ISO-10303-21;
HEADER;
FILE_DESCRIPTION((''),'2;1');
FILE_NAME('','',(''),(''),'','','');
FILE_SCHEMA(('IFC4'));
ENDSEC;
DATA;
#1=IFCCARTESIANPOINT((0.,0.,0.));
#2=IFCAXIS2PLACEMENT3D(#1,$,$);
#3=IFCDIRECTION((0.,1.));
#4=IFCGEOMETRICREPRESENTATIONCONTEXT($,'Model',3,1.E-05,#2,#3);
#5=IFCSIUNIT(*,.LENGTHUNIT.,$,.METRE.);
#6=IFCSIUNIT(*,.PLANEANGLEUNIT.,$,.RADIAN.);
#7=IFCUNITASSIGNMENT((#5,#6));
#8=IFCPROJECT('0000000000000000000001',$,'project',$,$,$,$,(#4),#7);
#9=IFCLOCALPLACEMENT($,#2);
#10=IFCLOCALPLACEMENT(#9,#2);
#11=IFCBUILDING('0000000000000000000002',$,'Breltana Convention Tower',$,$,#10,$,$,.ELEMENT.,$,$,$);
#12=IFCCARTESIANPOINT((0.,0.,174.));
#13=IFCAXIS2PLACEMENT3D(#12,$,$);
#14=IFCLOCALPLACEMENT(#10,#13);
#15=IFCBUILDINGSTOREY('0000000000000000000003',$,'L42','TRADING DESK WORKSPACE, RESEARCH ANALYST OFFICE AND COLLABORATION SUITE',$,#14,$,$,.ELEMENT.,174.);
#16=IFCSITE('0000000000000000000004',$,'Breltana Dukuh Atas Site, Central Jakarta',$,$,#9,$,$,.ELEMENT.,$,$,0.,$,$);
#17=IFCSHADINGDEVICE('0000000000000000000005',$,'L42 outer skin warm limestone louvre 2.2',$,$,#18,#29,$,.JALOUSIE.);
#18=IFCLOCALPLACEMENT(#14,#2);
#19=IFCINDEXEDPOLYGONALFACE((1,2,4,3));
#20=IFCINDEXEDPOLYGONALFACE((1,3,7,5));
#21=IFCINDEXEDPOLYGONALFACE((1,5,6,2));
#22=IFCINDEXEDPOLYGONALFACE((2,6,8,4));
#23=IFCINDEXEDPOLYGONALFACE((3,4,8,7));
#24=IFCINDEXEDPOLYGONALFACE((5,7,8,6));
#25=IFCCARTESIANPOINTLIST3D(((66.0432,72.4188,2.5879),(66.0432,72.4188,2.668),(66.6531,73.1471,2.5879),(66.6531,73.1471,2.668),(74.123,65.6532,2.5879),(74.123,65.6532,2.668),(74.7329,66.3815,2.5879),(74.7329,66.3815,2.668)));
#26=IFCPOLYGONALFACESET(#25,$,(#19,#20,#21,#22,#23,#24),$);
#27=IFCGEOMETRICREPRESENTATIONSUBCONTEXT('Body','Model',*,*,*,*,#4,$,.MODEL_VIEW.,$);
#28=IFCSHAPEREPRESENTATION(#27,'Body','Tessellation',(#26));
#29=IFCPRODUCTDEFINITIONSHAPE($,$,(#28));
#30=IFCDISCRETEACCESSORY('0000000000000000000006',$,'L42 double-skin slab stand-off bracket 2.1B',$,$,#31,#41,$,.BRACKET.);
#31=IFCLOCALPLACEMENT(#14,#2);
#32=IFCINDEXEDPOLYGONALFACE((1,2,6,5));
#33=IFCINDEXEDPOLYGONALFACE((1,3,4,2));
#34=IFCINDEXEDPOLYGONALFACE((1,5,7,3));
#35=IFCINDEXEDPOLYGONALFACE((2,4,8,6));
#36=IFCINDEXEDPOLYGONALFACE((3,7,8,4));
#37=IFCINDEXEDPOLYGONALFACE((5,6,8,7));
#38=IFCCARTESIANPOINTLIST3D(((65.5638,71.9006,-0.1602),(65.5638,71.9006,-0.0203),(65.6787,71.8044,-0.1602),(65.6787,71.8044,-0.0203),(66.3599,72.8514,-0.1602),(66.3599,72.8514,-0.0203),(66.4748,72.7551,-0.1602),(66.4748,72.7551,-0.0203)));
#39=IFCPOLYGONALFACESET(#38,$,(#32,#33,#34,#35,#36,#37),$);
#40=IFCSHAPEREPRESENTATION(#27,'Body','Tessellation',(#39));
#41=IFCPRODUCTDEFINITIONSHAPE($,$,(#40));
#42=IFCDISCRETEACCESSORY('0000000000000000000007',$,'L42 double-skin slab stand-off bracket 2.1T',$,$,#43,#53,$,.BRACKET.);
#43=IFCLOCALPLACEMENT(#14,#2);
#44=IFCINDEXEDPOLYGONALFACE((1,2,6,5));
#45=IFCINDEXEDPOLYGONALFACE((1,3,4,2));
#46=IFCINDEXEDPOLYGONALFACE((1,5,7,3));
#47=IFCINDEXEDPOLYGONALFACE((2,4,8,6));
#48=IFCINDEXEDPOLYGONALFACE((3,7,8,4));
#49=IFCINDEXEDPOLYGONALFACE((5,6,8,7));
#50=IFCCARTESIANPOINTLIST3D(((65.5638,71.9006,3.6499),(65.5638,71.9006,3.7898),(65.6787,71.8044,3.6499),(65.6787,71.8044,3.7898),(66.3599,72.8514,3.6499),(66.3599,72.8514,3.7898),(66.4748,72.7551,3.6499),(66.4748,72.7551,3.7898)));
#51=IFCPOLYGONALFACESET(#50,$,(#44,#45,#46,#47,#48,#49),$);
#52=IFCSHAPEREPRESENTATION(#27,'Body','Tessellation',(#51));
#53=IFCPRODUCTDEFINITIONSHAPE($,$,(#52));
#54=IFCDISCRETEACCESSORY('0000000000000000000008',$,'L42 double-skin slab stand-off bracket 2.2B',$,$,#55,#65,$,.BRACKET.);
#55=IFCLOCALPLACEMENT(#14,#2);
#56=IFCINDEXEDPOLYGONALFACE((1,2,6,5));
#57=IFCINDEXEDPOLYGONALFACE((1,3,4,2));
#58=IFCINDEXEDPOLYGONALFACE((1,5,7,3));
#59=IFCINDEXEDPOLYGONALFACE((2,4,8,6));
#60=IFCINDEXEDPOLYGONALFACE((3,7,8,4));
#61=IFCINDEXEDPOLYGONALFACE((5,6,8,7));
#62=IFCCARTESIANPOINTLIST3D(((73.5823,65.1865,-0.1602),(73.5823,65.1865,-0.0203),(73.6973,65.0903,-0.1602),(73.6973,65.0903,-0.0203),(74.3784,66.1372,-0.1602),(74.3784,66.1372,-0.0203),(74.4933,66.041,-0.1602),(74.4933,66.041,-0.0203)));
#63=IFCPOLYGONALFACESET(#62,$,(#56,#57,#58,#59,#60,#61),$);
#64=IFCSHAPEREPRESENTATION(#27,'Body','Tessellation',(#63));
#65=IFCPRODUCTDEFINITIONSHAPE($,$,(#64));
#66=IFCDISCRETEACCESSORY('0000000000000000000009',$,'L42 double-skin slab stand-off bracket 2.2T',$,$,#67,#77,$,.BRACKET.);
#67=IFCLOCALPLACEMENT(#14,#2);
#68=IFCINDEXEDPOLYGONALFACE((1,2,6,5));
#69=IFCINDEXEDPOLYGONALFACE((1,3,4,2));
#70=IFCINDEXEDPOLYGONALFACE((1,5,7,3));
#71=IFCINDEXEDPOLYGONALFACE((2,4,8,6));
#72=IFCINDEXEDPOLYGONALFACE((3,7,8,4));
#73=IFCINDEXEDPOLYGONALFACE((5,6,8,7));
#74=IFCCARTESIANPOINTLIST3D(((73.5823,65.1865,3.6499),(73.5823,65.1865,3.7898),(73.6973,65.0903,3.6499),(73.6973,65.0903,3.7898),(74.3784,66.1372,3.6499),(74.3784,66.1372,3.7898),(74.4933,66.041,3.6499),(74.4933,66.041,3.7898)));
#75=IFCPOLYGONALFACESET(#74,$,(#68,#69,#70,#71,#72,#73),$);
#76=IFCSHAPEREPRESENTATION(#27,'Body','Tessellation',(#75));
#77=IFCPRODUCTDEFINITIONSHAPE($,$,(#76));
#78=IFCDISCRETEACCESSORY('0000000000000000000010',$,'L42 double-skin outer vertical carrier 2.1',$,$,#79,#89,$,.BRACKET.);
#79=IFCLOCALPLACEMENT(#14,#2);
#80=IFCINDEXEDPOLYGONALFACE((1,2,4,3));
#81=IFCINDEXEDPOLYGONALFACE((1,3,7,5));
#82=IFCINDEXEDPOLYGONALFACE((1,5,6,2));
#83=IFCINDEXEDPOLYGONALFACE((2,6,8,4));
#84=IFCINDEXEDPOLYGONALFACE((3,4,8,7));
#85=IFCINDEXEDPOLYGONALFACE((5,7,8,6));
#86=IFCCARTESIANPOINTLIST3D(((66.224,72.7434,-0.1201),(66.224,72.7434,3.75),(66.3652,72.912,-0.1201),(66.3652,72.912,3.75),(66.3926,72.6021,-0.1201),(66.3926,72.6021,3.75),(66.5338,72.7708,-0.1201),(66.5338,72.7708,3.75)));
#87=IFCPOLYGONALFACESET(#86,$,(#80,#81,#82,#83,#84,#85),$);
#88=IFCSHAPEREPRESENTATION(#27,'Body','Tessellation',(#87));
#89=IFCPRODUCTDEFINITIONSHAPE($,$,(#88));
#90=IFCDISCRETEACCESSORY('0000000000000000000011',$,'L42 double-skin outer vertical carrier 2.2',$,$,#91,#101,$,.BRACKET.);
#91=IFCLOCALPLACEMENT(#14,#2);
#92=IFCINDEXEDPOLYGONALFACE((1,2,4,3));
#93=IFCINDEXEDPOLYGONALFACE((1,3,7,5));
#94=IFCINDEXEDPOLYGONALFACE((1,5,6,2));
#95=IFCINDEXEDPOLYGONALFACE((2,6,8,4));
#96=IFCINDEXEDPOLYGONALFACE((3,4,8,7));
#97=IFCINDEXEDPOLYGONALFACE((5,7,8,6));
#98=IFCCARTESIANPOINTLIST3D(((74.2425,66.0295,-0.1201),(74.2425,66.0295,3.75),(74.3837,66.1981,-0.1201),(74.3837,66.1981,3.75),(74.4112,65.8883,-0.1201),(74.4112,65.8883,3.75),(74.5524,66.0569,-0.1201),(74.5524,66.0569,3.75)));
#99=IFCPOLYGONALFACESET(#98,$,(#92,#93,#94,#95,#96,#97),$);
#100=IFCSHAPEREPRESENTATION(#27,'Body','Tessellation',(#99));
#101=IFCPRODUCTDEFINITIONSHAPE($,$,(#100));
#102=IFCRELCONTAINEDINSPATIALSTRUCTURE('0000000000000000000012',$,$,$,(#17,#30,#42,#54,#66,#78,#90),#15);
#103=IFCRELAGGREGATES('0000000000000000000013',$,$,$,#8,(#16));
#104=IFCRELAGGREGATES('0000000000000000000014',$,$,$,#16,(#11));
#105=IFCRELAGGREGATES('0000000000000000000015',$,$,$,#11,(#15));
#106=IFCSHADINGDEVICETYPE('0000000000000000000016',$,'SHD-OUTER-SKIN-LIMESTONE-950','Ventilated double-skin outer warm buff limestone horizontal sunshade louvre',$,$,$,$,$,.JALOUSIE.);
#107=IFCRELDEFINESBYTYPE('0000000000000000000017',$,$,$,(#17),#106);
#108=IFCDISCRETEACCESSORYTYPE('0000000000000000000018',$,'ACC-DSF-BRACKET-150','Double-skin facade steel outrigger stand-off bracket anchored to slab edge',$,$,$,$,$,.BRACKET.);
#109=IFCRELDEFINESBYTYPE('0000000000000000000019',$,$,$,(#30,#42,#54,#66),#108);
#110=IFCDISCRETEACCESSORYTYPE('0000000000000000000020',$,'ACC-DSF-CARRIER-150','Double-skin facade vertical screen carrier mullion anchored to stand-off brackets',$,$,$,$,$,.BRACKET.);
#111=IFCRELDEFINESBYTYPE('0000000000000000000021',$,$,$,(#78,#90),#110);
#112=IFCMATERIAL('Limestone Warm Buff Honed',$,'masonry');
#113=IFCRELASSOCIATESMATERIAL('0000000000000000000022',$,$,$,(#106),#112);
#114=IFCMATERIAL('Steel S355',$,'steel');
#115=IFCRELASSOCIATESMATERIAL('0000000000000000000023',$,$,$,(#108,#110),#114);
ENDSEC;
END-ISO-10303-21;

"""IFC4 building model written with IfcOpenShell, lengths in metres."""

from ifc_helpers import new_model, si_unit, direction, frame, origin, origin_2d, place, context, subcontext, project, spatial, rectangle, extrude, source, transform, mapped, material, material_profile, profile_set, type_object, type_shapes, element, save


model = new_model("IFC4")

# Units and contexts
model_context = context("Model", 3, precision=1e-05, world=origin(), true_north=direction((0.0, 1.0)))
body_context = subcontext(model_context, "Body", "Model", "MODEL_VIEW")
ifc_project = project(units=[si_unit("LENGTHUNIT", "METRE"), si_unit("PLANEANGLEUNIT", "RADIAN")], contexts=[model_context])

# Site, building, storey
site_placement = place(None, origin())
site = spatial("IfcSite", under=ifc_project, at=site_placement, Name="Breltana Dukuh Atas Site, Central Jakarta", CompositionType="ELEMENT", RefElevation=0.0)
building_placement = place(site_placement, origin())
building = spatial("IfcBuilding", under=site, at=building_placement, Name="Breltana Convention Tower", CompositionType="ELEMENT")
storey_placement = place(building_placement, frame((0.0, 0.0, 174.0)))
storey = spatial("IfcBuildingStorey", under=building, at=storey_placement, Name="L42", Description="TRADING DESK WORKSPACE, RESEARCH ANALYST OFFICE AND COLLABORATION SUITE", CompositionType="ELEMENT", Elevation=174.0)

# Shading device
ifc_material_1 = material(Name="Limestone Warm Buff Honed", Category="masonry")
ifc_material_profile_1 = material_profile(ifc_material_1, rectangle(XDim=0.95, YDim=0.0801, at=origin_2d()), Name="STN-LVR-950X80")
ifc_profile_set_1 = profile_set([ifc_material_profile_1], Name="Limestone Warm Buff Honed")
shading_device_type = type_object("IfcShadingDeviceType", Name="SHD-OUTER-SKIN-LIMESTONE-950", Description="Ventilated double-skin outer warm buff limestone horizontal sunshade louvre", PredefinedType="JALOUSIE", material=ifc_profile_set_1)
shared_shape_1 = source(origin(), body_context, "Body", "SweptSolid", [
    extrude(rectangle(XDim=0.95, YDim=0.0801, at=origin_2d()), origin(), (0.0, 0.0, 1.0), 10.5383),
])
for number, where, z_axis, x_axis, name in (
    (1, (66.3481, 72.783, 2.6279), (0.766706, -0.641999, 0.0), (0.641999, 0.766706, 0.0), "L42 outer skin warm limestone louvre 2.2"),
):
    element("IfcShadingDevice", number, at=place(storey_placement, frame(where, z_axis=z_axis, x_axis=x_axis)), inside=storey, type_object=shading_device_type, Name=name, PredefinedType="JALOUSIE", context=body_context, shape_type="MappedRepresentation", body=[
        mapped(shared_shape_1, transform((0.0, 0.0, 0.0), scale=1.0)),
    ])

# Discrete accessories
ifc_material_2 = material(Name="Steel S355", Category="steel")
discrete_accessory_type_1 = type_object("IfcDiscreteAccessoryType", Name="ACC-DSF-BRACKET-150", Description="Double-skin facade steel outrigger stand-off bracket anchored to slab edge", PredefinedType="BRACKET", material=ifc_material_2)
shared_shape_2 = source(origin(), body_context, "Body", "SweptSolid", [
    extrude(rectangle(XDim=1.24, YDim=0.1499, at=origin_2d()), origin(), (0.0, 0.0, 1.0), 0.1399),
])
type_shapes(discrete_accessory_type_1, [shared_shape_2])
for number, where, z_axis, x_axis, name in (
    (2, (66.0193, 72.3279, -0.1602), (0.0, 0.0, 1.0), (0.641989, 0.766714, 0.0), "L42 double-skin slab stand-off bracket 2.1B"),
    (3, (66.0193, 72.3279, 3.6499), (0.0, 0.0, 1.0), (0.641989, 0.766714, 0.0), "L42 double-skin slab stand-off bracket 2.1T"),
    (4, (74.0378, 65.6138, -0.1602), (0.0, 0.0, 1.0), (0.641989, 0.766714, 0.0), "L42 double-skin slab stand-off bracket 2.2B"),
    (5, (74.0378, 65.6138, 3.6499), (0.0, 0.0, 1.0), (0.641989, 0.766714, 0.0), "L42 double-skin slab stand-off bracket 2.2T"),
):
    element("IfcDiscreteAccessory", number, at=place(storey_placement, frame(where, z_axis=z_axis, x_axis=x_axis)), inside=storey, type_object=discrete_accessory_type_1, Name=name, PredefinedType="BRACKET", context=body_context, shape_type="MappedRepresentation", body=[
        mapped(shared_shape_2, transform((0.0, 0.0, 0.0), scale=1.0)),
    ])
discrete_accessory_type_2 = type_object("IfcDiscreteAccessoryType", Name="ACC-DSF-CARRIER-150", Description="Double-skin facade vertical screen carrier mullion anchored to stand-off brackets", PredefinedType="BRACKET", material=ifc_material_2)
shared_shape_3 = source(origin(), body_context, "Body", "SweptSolid", [
    extrude(rectangle(XDim=0.22, YDim=0.22, at=origin_2d()), origin(), (0.0, 0.0, 1.0), 3.8701),
])
for number, where, z_axis, x_axis, name in (
    (6, (66.3789, 72.7571, -0.1201), (0.0, 0.0, 1.0), (0.641989, 0.766714, 0.0), "L42 double-skin outer vertical carrier 2.1"),
    (7, (74.3975, 66.0432, -0.1201), (0.0, 0.0, 1.0), (0.641989, 0.766714, 0.0), "L42 double-skin outer vertical carrier 2.2"),
):
    element("IfcDiscreteAccessory", number, at=place(storey_placement, frame(where, z_axis=z_axis, x_axis=x_axis)), inside=storey, type_object=discrete_accessory_type_2, Name=name, PredefinedType="BRACKET", context=body_context, shape_type="MappedRepresentation", body=[
        mapped(shared_shape_3, transform((0.0, 0.0, 0.0), scale=1.0)),
    ])

save(model, "model.ifc")
